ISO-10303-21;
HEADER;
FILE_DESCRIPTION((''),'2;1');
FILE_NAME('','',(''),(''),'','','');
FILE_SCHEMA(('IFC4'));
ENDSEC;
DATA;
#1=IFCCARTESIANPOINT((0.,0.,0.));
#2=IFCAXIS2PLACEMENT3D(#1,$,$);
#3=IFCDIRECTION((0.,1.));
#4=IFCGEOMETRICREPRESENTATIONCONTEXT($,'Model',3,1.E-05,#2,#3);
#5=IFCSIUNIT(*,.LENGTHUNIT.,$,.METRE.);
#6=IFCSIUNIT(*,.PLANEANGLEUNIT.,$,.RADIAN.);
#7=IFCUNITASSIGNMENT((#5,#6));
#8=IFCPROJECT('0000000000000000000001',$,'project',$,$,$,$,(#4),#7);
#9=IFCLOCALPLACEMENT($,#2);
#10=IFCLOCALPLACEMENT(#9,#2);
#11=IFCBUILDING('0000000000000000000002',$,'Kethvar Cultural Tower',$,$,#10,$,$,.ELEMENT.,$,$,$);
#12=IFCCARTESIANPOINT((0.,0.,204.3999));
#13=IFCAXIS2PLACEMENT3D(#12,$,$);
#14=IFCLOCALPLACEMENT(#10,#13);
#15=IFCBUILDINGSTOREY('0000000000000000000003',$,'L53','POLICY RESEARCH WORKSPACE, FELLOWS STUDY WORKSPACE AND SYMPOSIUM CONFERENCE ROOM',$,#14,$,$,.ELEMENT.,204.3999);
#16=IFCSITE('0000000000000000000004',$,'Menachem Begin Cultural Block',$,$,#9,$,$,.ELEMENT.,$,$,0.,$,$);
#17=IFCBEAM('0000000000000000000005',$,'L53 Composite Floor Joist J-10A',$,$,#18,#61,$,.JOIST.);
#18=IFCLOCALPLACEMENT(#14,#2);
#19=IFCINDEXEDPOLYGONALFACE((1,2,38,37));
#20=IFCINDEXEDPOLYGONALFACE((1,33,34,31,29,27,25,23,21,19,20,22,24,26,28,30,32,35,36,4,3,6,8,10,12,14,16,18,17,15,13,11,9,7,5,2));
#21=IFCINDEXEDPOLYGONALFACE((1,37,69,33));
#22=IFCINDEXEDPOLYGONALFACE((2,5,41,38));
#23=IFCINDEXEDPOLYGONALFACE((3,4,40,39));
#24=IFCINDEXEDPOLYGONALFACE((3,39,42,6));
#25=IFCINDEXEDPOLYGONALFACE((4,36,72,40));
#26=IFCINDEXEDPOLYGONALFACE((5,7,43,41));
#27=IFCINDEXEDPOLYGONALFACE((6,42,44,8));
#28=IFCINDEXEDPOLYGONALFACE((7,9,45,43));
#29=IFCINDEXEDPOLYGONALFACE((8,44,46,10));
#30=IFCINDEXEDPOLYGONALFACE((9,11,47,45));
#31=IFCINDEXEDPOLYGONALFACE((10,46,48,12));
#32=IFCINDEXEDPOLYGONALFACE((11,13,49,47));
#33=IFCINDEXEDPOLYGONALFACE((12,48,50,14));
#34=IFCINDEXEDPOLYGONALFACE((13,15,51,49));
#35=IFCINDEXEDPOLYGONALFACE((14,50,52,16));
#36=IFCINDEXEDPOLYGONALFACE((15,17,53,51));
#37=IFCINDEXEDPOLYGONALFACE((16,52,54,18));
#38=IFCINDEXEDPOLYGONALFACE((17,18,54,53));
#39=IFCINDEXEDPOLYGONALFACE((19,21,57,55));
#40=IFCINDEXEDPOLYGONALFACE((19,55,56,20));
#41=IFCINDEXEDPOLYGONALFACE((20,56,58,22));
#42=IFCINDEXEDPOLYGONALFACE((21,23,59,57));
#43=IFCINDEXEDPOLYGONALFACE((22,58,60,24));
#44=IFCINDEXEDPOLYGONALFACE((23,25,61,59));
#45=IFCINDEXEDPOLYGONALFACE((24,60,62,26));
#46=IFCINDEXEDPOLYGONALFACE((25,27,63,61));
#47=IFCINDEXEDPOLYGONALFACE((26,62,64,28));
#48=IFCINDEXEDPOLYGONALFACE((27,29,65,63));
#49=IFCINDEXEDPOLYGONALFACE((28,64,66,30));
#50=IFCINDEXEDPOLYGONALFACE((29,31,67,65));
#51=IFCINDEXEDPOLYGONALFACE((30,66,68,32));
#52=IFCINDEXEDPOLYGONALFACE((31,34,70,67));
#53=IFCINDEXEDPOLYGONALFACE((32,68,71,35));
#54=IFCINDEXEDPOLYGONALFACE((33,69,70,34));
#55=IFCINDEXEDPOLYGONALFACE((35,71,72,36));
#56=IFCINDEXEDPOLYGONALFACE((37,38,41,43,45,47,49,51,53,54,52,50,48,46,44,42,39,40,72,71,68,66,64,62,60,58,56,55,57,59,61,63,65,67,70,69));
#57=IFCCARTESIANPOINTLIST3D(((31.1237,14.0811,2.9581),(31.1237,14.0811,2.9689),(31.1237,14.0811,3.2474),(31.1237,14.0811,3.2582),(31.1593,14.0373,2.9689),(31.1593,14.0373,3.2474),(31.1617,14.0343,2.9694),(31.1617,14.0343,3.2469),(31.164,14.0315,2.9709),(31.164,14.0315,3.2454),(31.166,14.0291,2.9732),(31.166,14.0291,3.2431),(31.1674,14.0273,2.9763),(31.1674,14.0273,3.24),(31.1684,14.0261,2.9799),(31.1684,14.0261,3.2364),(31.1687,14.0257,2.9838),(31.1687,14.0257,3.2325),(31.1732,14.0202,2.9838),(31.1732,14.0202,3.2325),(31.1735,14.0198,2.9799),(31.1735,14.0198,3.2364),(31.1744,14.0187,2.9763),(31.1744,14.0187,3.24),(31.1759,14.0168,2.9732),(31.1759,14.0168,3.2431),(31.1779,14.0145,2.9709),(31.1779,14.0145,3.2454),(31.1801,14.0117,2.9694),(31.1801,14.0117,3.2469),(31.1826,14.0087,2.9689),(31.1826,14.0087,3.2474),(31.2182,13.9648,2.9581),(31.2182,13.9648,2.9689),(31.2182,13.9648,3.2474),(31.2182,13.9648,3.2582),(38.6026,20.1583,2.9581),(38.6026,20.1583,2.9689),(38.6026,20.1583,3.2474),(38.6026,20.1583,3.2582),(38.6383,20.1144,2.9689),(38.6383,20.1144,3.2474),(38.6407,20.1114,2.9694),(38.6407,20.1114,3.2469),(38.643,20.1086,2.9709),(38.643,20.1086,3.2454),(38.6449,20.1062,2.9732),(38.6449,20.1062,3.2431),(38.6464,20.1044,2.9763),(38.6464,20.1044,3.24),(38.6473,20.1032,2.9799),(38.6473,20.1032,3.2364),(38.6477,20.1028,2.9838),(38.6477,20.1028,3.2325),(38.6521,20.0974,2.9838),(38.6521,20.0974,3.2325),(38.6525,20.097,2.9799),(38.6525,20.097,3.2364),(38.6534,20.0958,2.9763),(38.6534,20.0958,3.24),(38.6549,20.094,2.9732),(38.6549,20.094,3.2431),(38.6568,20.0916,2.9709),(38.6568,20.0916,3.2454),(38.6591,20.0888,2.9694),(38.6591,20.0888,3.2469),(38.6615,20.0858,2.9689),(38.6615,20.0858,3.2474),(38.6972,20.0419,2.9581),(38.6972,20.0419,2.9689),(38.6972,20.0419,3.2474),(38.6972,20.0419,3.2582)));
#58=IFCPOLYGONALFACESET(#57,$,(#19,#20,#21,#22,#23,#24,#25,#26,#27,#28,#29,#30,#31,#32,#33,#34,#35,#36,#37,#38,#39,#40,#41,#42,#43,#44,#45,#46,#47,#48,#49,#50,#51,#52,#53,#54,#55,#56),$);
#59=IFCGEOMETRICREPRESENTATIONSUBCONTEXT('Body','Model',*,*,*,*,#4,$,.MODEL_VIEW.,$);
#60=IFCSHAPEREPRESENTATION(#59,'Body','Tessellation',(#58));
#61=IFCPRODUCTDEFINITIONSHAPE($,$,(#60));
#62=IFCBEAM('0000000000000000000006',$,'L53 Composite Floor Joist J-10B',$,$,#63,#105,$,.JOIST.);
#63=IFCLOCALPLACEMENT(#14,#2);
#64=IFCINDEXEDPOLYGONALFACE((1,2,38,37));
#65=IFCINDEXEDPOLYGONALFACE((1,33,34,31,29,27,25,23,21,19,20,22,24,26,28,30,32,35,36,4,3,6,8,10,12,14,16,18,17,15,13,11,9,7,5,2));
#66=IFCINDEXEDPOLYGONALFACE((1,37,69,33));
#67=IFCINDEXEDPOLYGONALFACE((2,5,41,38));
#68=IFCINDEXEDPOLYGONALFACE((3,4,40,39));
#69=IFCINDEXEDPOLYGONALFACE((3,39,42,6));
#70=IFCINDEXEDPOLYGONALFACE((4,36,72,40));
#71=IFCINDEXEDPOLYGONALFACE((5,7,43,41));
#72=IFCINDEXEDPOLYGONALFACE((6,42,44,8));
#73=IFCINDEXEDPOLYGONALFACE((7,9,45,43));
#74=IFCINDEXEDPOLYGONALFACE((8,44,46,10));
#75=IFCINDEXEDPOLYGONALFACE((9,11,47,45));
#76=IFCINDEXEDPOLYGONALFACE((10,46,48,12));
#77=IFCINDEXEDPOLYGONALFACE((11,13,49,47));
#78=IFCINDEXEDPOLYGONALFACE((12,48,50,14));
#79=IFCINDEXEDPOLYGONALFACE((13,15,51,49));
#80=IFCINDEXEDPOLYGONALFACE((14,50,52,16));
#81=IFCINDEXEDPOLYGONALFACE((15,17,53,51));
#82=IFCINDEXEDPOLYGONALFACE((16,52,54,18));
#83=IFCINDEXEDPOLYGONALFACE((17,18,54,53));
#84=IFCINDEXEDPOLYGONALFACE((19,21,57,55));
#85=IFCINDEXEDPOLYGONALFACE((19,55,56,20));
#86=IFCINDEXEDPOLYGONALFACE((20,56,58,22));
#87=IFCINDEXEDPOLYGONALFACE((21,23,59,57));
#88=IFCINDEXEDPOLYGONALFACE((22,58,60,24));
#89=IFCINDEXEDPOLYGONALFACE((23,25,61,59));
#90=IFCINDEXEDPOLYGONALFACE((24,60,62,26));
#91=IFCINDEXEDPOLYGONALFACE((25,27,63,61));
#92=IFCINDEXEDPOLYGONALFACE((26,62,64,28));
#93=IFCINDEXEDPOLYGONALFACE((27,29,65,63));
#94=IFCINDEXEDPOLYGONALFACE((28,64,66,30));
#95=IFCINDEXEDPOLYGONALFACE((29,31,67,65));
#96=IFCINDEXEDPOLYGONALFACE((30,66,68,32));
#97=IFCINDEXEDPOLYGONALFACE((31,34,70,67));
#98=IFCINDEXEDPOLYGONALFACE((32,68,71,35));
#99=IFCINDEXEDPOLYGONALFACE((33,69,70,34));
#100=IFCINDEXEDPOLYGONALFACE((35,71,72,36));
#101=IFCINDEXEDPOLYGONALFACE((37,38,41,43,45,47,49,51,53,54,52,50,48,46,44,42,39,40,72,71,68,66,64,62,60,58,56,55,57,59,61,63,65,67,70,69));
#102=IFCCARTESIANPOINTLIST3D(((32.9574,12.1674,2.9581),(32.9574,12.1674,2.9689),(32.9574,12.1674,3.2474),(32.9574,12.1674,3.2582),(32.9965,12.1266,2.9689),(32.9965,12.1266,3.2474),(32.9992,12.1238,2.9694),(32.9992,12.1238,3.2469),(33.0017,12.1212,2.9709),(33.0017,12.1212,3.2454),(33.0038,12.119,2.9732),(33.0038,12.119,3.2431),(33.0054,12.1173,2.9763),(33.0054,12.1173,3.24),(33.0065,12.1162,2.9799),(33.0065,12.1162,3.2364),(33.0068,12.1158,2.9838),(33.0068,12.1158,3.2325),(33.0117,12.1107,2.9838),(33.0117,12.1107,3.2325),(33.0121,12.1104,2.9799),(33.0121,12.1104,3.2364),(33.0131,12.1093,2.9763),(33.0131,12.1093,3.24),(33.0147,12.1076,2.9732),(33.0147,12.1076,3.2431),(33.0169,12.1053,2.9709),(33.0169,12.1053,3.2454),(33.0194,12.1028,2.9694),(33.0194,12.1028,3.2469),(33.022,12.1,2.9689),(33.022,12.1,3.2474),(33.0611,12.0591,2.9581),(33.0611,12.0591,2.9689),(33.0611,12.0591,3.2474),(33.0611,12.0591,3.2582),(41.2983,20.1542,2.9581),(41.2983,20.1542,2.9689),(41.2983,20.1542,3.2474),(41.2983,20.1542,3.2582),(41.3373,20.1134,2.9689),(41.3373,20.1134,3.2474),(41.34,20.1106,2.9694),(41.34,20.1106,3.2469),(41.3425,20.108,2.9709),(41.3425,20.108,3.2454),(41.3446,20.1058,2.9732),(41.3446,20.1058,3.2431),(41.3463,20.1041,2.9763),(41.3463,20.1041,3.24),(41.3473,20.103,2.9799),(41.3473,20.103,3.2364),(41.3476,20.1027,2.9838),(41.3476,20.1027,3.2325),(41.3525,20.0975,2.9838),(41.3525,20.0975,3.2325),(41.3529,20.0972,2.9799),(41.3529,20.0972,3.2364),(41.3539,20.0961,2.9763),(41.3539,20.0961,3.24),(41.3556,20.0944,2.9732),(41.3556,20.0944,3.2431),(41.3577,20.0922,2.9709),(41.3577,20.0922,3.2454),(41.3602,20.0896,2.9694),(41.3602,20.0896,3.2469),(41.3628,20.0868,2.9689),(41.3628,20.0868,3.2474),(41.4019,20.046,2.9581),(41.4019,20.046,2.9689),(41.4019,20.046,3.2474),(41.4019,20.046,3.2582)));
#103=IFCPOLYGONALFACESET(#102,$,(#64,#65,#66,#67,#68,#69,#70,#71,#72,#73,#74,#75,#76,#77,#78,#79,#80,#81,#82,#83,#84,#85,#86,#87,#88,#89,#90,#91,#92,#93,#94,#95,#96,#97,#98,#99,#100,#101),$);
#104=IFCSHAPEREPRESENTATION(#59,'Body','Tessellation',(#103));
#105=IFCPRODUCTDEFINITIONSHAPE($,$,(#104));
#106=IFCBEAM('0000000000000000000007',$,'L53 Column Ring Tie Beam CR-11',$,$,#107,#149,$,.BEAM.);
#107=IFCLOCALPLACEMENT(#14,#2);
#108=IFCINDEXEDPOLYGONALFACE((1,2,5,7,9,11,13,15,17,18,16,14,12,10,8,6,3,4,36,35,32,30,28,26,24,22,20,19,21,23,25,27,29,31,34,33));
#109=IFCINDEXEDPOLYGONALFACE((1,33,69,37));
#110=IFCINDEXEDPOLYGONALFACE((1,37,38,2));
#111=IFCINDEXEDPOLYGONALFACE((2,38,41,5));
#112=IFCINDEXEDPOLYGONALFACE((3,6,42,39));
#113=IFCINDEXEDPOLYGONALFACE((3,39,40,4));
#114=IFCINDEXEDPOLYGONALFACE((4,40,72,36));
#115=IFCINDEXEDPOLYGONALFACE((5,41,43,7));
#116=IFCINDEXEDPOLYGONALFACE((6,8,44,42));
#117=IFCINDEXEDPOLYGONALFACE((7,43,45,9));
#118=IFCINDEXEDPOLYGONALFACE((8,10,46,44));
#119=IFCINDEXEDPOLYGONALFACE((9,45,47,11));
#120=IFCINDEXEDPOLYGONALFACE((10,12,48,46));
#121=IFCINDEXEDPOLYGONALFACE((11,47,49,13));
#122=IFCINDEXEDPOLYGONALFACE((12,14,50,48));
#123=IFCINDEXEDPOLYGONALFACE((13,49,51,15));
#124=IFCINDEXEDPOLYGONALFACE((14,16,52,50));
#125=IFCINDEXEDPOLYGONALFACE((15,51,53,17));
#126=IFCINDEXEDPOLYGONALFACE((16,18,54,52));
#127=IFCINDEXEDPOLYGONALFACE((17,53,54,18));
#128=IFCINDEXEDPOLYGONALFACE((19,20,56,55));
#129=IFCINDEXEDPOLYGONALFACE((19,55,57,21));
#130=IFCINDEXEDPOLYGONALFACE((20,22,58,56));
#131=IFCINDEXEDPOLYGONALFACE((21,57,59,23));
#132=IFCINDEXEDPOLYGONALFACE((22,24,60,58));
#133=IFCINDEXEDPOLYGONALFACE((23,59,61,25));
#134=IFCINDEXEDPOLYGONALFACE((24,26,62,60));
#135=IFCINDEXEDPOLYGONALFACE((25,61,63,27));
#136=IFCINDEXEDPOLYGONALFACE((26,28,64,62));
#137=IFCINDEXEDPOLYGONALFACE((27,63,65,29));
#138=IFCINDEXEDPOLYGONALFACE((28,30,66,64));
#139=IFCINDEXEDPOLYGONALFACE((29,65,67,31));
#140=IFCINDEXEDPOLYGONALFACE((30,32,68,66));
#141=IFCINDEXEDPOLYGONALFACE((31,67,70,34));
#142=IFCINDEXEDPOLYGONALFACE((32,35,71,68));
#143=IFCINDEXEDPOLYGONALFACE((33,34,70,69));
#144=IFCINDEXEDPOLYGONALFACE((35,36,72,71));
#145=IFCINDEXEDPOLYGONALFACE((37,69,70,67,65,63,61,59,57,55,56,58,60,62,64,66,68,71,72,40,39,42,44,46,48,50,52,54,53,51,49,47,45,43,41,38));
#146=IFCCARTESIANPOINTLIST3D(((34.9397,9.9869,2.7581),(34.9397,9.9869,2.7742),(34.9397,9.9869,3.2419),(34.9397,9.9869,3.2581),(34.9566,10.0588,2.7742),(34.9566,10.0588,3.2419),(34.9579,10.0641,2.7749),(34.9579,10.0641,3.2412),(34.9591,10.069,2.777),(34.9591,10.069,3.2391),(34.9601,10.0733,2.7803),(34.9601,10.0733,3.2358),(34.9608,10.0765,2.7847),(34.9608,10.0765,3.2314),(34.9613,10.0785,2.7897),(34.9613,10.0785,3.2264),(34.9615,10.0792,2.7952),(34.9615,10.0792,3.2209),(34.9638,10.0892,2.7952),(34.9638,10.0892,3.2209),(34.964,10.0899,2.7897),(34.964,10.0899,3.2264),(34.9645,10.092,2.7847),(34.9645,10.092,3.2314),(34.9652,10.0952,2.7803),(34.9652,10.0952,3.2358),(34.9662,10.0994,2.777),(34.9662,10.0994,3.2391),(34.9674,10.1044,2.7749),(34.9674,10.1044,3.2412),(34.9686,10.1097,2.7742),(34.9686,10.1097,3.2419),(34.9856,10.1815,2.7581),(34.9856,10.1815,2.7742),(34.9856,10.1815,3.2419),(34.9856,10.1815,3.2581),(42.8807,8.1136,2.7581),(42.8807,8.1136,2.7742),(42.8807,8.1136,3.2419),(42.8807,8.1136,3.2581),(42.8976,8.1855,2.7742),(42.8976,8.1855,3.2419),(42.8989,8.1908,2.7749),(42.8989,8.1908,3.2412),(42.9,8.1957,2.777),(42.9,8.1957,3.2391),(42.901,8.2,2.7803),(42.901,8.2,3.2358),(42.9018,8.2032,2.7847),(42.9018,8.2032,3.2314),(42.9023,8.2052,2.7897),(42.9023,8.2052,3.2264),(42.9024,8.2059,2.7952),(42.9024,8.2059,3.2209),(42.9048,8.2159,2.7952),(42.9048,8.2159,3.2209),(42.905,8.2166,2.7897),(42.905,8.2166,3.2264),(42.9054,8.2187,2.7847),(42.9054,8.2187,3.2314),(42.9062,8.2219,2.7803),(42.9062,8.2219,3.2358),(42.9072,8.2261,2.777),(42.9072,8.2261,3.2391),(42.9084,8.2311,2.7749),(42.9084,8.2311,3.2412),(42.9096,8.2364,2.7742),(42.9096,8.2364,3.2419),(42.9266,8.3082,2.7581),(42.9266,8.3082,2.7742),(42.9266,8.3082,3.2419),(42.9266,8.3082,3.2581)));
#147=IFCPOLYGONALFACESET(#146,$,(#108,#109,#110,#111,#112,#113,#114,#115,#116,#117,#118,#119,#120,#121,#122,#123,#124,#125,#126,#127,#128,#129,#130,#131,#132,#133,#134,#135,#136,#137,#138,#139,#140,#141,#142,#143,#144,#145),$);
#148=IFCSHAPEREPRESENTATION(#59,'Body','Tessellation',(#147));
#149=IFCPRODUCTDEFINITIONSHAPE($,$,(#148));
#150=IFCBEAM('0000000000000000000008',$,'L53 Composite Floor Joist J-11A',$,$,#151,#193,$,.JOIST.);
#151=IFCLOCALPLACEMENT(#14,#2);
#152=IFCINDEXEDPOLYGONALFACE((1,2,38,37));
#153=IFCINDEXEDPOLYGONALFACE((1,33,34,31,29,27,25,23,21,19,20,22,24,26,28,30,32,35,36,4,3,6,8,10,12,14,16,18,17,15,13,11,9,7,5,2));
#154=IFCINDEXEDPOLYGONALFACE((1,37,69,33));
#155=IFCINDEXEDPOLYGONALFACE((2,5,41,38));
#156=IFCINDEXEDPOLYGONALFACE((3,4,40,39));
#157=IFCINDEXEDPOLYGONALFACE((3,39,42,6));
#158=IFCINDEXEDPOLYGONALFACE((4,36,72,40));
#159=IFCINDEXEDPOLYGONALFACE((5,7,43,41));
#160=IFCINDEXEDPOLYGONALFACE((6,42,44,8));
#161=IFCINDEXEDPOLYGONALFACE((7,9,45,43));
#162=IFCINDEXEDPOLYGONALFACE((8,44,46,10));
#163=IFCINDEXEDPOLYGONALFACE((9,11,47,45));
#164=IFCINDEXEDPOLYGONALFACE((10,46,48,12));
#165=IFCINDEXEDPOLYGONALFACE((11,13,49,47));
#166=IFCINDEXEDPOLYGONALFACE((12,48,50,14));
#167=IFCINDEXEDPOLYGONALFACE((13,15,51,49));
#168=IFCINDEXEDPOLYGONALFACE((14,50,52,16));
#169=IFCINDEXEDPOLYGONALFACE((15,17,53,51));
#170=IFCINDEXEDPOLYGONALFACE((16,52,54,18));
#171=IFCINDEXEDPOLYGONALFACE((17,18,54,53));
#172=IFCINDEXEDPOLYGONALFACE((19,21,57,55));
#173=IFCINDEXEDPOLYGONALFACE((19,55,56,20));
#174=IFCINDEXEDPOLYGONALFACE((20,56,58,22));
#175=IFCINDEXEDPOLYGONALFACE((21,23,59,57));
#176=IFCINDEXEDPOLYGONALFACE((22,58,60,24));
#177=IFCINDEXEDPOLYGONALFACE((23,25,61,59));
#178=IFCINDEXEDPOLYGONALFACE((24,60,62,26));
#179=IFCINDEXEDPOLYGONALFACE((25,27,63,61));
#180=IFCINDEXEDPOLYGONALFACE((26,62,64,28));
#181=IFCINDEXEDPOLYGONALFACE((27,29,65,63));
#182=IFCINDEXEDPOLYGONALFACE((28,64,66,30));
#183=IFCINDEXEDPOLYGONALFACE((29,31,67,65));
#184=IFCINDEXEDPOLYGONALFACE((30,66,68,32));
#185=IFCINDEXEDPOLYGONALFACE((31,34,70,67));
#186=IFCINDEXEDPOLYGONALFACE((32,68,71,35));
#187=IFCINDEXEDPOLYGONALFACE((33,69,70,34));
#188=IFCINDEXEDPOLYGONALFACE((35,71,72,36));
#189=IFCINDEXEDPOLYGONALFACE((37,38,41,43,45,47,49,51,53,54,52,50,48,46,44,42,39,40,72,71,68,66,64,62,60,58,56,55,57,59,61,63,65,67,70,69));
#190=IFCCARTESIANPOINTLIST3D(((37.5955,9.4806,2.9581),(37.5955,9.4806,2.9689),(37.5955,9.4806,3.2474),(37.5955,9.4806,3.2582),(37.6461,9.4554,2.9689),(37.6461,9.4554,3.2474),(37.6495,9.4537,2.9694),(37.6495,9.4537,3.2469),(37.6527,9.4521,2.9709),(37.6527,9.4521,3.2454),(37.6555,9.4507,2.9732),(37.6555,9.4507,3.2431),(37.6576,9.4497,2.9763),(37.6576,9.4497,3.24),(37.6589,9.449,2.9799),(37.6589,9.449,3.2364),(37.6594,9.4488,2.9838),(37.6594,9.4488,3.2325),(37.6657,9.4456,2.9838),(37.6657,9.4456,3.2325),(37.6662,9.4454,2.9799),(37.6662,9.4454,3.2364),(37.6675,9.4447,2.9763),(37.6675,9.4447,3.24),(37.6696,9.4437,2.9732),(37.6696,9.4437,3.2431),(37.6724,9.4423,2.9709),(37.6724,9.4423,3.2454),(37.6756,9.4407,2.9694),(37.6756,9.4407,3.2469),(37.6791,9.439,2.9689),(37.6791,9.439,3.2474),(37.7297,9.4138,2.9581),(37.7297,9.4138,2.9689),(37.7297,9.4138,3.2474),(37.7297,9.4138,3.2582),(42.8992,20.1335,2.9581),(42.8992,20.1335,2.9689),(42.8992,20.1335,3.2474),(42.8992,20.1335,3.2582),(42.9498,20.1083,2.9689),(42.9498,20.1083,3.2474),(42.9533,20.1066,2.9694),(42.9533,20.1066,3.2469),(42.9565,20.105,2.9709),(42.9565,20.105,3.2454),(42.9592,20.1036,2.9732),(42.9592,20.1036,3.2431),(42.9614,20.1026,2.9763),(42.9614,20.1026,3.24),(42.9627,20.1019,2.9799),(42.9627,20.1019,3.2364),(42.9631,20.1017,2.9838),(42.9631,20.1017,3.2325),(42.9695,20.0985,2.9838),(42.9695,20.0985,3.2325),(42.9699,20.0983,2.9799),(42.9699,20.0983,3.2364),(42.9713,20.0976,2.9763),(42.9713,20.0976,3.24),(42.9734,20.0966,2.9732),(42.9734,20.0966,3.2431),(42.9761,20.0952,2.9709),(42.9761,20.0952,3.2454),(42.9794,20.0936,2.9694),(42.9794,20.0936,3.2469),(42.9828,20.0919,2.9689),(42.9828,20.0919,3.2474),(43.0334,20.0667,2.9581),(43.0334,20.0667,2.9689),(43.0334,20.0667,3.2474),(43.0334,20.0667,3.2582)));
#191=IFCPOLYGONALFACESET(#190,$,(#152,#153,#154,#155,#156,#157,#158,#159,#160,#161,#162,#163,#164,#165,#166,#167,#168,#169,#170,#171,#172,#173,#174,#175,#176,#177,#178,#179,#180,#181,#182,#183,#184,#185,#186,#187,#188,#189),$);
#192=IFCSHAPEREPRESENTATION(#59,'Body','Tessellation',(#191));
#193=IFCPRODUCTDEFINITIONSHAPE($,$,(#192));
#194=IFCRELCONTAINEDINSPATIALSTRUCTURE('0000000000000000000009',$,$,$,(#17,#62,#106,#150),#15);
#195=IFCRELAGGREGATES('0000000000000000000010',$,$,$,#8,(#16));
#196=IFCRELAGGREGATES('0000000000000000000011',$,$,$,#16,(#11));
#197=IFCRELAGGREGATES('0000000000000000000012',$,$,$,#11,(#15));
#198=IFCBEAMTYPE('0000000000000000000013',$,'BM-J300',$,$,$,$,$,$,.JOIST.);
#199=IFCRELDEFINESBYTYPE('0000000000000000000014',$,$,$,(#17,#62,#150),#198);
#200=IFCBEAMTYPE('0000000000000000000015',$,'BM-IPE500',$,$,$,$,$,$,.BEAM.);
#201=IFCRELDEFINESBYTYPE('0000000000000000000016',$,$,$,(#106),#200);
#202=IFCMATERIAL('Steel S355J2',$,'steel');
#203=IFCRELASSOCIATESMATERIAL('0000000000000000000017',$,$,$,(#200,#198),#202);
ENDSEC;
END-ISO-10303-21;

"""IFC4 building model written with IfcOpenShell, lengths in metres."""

from ifc_helpers import new_model, si_unit, direction, frame, origin, origin_2d, place, context, subcontext, project, spatial, i_section, extrude, source, transform, mapped, material, material_profile, profile_set, type_object, element, save


model = new_model("IFC4")

# Units and contexts
model_context = context("Model", 3, precision=1e-05, world=origin(), true_north=direction((0.0, 1.0)))
body_context = subcontext(model_context, "Body", "Model", "MODEL_VIEW")
ifc_project = project(units=[si_unit("LENGTHUNIT", "METRE"), si_unit("PLANEANGLEUNIT", "RADIAN")], contexts=[model_context])

# Site, building, storey
site_placement = place(None, origin())
site = spatial("IfcSite", under=ifc_project, at=site_placement, Name="Menachem Begin Cultural Block", CompositionType="ELEMENT", RefElevation=0.0)
building_placement = place(site_placement, origin())
building = spatial("IfcBuilding", under=site, at=building_placement, Name="Kethvar Cultural Tower", CompositionType="ELEMENT")
storey_placement = place(building_placement, frame((0.0, 0.0, 204.3999)))
storey = spatial("IfcBuildingStorey", under=building, at=storey_placement, Name="L53", Description="POLICY RESEARCH WORKSPACE, FELLOWS STUDY WORKSPACE AND SYMPOSIUM CONFERENCE ROOM", CompositionType="ELEMENT", Elevation=204.3999)

# Beams
ifc_material_1 = material(Name="Steel S355J2", Category="steel")
ifc_material_profile_1 = material_profile(ifc_material_1, i_section(OverallWidth=0.2, OverallDepth=0.5, WebThickness=0.0103, FlangeThickness=0.0161, FilletRadius=0.021, at=origin_2d()), Name="Steel S355J2 — IPE500")
ifc_profile_set_1 = profile_set([ifc_material_profile_1], Name="Steel S355J2 — IPE500")
beam_type_1 = type_object("IfcBeamType", Name="BM-IPE500", PredefinedType="BEAM", material=ifc_profile_set_1)
ifc_material_profile_2 = material_profile(ifc_material_1, i_section(OverallWidth=0.1499, OverallDepth=0.3, WebThickness=0.0071, FlangeThickness=0.0107, FilletRadius=0.0149, at=origin_2d()), Name="Steel S355J2 — IPE300")
ifc_profile_set_2 = profile_set([ifc_material_profile_2], Name="Steel S355J2 — IPE300")
beam_type_2 = type_object("IfcBeamType", Name="BM-J300", PredefinedType="JOIST", material=ifc_profile_set_2)
shared_shape_1 = source(origin(), body_context, "Body", "SweptSolid", [
    extrude(i_section(OverallWidth=0.1499, OverallDepth=0.3, WebThickness=0.0071, FlangeThickness=0.0107, FilletRadius=0.0149, at=origin_2d()), origin(), (0.0, 0.0, 1.0), 9.6367),
])
beam_1_placement = place(storey_placement, frame((38.6499, 20.1001, 3.1082), z_axis=(-0.776091, -0.630621, 0.0), x_axis=(0.630621, -0.776091, 0.0)))
element("IfcBeam", 1, at=beam_1_placement, inside=storey, type_object=beam_type_2, Name="L53 Composite Floor Joist J-10A", PredefinedType="JOIST", context=body_context, shape_type="MappedRepresentation", body=[
    mapped(shared_shape_1, transform((0.0, 0.0, 0.0), scale=1.0)),
])
shared_shape_2 = source(origin(), body_context, "Body", "SweptSolid", [
    extrude(i_section(OverallWidth=0.1499, OverallDepth=0.3, WebThickness=0.0071, FlangeThickness=0.0107, FilletRadius=0.0149, at=origin_2d()), origin(), (0.0, 0.0, 1.0), 11.5481),
])
beam_2_placement = place(storey_placement, frame((41.3501, 20.1001, 3.1082), z_axis=(-0.722268, -0.691613, 0.0), x_axis=(0.691613, -0.722268, 0.0)))
element("IfcBeam", 2, at=beam_2_placement, inside=storey, type_object=beam_type_2, Name="L53 Composite Floor Joist J-10B", PredefinedType="JOIST", context=body_context, shape_type="MappedRepresentation", body=[
    mapped(shared_shape_2, transform((0.0, 0.0, 0.0), scale=1.0)),
])
shared_shape_3 = source(origin(), body_context, "Body", "SweptSolid", [
    extrude(i_section(OverallWidth=0.2, OverallDepth=0.5, WebThickness=0.0103, FlangeThickness=0.0161, FilletRadius=0.021, at=origin_2d()), origin(), (0.0, 0.0, 1.0), 8.1589),
])
beam_3_placement = place(storey_placement, frame((34.9626, 10.0842, 3.0081), z_axis=(0.973285, -0.229601, 0.0), x_axis=(0.229601, 0.973285, 0.0)))
element("IfcBeam", 3, at=beam_3_placement, inside=storey, type_object=beam_type_1, Name="L53 Column Ring Tie Beam CR-11", PredefinedType="BEAM", context=body_context, shape_type="MappedRepresentation", body=[
    mapped(shared_shape_3, transform((0.0, 0.0, 0.0), scale=1.0)),
])
shared_shape_4 = source(origin(), body_context, "Body", "SweptSolid", [
    extrude(i_section(OverallWidth=0.1499, OverallDepth=0.3, WebThickness=0.0071, FlangeThickness=0.0107, FilletRadius=0.0149, at=origin_2d()), origin(), (0.0, 0.0, 1.0), 11.9001),
])
beam_4_placement = place(storey_placement, frame((42.9663, 20.1001, 3.1082), z_axis=(-0.445687, -0.895189, 0.0), x_axis=(0.895189, -0.445687, 0.0)))
element("IfcBeam", 4, at=beam_4_placement, inside=storey, type_object=beam_type_2, Name="L53 Composite Floor Joist J-11A", PredefinedType="JOIST", context=body_context, shape_type="MappedRepresentation", body=[
    mapped(shared_shape_4, transform((0.0, 0.0, 0.0), scale=1.0)),
])

save(model, "model.ifc")
